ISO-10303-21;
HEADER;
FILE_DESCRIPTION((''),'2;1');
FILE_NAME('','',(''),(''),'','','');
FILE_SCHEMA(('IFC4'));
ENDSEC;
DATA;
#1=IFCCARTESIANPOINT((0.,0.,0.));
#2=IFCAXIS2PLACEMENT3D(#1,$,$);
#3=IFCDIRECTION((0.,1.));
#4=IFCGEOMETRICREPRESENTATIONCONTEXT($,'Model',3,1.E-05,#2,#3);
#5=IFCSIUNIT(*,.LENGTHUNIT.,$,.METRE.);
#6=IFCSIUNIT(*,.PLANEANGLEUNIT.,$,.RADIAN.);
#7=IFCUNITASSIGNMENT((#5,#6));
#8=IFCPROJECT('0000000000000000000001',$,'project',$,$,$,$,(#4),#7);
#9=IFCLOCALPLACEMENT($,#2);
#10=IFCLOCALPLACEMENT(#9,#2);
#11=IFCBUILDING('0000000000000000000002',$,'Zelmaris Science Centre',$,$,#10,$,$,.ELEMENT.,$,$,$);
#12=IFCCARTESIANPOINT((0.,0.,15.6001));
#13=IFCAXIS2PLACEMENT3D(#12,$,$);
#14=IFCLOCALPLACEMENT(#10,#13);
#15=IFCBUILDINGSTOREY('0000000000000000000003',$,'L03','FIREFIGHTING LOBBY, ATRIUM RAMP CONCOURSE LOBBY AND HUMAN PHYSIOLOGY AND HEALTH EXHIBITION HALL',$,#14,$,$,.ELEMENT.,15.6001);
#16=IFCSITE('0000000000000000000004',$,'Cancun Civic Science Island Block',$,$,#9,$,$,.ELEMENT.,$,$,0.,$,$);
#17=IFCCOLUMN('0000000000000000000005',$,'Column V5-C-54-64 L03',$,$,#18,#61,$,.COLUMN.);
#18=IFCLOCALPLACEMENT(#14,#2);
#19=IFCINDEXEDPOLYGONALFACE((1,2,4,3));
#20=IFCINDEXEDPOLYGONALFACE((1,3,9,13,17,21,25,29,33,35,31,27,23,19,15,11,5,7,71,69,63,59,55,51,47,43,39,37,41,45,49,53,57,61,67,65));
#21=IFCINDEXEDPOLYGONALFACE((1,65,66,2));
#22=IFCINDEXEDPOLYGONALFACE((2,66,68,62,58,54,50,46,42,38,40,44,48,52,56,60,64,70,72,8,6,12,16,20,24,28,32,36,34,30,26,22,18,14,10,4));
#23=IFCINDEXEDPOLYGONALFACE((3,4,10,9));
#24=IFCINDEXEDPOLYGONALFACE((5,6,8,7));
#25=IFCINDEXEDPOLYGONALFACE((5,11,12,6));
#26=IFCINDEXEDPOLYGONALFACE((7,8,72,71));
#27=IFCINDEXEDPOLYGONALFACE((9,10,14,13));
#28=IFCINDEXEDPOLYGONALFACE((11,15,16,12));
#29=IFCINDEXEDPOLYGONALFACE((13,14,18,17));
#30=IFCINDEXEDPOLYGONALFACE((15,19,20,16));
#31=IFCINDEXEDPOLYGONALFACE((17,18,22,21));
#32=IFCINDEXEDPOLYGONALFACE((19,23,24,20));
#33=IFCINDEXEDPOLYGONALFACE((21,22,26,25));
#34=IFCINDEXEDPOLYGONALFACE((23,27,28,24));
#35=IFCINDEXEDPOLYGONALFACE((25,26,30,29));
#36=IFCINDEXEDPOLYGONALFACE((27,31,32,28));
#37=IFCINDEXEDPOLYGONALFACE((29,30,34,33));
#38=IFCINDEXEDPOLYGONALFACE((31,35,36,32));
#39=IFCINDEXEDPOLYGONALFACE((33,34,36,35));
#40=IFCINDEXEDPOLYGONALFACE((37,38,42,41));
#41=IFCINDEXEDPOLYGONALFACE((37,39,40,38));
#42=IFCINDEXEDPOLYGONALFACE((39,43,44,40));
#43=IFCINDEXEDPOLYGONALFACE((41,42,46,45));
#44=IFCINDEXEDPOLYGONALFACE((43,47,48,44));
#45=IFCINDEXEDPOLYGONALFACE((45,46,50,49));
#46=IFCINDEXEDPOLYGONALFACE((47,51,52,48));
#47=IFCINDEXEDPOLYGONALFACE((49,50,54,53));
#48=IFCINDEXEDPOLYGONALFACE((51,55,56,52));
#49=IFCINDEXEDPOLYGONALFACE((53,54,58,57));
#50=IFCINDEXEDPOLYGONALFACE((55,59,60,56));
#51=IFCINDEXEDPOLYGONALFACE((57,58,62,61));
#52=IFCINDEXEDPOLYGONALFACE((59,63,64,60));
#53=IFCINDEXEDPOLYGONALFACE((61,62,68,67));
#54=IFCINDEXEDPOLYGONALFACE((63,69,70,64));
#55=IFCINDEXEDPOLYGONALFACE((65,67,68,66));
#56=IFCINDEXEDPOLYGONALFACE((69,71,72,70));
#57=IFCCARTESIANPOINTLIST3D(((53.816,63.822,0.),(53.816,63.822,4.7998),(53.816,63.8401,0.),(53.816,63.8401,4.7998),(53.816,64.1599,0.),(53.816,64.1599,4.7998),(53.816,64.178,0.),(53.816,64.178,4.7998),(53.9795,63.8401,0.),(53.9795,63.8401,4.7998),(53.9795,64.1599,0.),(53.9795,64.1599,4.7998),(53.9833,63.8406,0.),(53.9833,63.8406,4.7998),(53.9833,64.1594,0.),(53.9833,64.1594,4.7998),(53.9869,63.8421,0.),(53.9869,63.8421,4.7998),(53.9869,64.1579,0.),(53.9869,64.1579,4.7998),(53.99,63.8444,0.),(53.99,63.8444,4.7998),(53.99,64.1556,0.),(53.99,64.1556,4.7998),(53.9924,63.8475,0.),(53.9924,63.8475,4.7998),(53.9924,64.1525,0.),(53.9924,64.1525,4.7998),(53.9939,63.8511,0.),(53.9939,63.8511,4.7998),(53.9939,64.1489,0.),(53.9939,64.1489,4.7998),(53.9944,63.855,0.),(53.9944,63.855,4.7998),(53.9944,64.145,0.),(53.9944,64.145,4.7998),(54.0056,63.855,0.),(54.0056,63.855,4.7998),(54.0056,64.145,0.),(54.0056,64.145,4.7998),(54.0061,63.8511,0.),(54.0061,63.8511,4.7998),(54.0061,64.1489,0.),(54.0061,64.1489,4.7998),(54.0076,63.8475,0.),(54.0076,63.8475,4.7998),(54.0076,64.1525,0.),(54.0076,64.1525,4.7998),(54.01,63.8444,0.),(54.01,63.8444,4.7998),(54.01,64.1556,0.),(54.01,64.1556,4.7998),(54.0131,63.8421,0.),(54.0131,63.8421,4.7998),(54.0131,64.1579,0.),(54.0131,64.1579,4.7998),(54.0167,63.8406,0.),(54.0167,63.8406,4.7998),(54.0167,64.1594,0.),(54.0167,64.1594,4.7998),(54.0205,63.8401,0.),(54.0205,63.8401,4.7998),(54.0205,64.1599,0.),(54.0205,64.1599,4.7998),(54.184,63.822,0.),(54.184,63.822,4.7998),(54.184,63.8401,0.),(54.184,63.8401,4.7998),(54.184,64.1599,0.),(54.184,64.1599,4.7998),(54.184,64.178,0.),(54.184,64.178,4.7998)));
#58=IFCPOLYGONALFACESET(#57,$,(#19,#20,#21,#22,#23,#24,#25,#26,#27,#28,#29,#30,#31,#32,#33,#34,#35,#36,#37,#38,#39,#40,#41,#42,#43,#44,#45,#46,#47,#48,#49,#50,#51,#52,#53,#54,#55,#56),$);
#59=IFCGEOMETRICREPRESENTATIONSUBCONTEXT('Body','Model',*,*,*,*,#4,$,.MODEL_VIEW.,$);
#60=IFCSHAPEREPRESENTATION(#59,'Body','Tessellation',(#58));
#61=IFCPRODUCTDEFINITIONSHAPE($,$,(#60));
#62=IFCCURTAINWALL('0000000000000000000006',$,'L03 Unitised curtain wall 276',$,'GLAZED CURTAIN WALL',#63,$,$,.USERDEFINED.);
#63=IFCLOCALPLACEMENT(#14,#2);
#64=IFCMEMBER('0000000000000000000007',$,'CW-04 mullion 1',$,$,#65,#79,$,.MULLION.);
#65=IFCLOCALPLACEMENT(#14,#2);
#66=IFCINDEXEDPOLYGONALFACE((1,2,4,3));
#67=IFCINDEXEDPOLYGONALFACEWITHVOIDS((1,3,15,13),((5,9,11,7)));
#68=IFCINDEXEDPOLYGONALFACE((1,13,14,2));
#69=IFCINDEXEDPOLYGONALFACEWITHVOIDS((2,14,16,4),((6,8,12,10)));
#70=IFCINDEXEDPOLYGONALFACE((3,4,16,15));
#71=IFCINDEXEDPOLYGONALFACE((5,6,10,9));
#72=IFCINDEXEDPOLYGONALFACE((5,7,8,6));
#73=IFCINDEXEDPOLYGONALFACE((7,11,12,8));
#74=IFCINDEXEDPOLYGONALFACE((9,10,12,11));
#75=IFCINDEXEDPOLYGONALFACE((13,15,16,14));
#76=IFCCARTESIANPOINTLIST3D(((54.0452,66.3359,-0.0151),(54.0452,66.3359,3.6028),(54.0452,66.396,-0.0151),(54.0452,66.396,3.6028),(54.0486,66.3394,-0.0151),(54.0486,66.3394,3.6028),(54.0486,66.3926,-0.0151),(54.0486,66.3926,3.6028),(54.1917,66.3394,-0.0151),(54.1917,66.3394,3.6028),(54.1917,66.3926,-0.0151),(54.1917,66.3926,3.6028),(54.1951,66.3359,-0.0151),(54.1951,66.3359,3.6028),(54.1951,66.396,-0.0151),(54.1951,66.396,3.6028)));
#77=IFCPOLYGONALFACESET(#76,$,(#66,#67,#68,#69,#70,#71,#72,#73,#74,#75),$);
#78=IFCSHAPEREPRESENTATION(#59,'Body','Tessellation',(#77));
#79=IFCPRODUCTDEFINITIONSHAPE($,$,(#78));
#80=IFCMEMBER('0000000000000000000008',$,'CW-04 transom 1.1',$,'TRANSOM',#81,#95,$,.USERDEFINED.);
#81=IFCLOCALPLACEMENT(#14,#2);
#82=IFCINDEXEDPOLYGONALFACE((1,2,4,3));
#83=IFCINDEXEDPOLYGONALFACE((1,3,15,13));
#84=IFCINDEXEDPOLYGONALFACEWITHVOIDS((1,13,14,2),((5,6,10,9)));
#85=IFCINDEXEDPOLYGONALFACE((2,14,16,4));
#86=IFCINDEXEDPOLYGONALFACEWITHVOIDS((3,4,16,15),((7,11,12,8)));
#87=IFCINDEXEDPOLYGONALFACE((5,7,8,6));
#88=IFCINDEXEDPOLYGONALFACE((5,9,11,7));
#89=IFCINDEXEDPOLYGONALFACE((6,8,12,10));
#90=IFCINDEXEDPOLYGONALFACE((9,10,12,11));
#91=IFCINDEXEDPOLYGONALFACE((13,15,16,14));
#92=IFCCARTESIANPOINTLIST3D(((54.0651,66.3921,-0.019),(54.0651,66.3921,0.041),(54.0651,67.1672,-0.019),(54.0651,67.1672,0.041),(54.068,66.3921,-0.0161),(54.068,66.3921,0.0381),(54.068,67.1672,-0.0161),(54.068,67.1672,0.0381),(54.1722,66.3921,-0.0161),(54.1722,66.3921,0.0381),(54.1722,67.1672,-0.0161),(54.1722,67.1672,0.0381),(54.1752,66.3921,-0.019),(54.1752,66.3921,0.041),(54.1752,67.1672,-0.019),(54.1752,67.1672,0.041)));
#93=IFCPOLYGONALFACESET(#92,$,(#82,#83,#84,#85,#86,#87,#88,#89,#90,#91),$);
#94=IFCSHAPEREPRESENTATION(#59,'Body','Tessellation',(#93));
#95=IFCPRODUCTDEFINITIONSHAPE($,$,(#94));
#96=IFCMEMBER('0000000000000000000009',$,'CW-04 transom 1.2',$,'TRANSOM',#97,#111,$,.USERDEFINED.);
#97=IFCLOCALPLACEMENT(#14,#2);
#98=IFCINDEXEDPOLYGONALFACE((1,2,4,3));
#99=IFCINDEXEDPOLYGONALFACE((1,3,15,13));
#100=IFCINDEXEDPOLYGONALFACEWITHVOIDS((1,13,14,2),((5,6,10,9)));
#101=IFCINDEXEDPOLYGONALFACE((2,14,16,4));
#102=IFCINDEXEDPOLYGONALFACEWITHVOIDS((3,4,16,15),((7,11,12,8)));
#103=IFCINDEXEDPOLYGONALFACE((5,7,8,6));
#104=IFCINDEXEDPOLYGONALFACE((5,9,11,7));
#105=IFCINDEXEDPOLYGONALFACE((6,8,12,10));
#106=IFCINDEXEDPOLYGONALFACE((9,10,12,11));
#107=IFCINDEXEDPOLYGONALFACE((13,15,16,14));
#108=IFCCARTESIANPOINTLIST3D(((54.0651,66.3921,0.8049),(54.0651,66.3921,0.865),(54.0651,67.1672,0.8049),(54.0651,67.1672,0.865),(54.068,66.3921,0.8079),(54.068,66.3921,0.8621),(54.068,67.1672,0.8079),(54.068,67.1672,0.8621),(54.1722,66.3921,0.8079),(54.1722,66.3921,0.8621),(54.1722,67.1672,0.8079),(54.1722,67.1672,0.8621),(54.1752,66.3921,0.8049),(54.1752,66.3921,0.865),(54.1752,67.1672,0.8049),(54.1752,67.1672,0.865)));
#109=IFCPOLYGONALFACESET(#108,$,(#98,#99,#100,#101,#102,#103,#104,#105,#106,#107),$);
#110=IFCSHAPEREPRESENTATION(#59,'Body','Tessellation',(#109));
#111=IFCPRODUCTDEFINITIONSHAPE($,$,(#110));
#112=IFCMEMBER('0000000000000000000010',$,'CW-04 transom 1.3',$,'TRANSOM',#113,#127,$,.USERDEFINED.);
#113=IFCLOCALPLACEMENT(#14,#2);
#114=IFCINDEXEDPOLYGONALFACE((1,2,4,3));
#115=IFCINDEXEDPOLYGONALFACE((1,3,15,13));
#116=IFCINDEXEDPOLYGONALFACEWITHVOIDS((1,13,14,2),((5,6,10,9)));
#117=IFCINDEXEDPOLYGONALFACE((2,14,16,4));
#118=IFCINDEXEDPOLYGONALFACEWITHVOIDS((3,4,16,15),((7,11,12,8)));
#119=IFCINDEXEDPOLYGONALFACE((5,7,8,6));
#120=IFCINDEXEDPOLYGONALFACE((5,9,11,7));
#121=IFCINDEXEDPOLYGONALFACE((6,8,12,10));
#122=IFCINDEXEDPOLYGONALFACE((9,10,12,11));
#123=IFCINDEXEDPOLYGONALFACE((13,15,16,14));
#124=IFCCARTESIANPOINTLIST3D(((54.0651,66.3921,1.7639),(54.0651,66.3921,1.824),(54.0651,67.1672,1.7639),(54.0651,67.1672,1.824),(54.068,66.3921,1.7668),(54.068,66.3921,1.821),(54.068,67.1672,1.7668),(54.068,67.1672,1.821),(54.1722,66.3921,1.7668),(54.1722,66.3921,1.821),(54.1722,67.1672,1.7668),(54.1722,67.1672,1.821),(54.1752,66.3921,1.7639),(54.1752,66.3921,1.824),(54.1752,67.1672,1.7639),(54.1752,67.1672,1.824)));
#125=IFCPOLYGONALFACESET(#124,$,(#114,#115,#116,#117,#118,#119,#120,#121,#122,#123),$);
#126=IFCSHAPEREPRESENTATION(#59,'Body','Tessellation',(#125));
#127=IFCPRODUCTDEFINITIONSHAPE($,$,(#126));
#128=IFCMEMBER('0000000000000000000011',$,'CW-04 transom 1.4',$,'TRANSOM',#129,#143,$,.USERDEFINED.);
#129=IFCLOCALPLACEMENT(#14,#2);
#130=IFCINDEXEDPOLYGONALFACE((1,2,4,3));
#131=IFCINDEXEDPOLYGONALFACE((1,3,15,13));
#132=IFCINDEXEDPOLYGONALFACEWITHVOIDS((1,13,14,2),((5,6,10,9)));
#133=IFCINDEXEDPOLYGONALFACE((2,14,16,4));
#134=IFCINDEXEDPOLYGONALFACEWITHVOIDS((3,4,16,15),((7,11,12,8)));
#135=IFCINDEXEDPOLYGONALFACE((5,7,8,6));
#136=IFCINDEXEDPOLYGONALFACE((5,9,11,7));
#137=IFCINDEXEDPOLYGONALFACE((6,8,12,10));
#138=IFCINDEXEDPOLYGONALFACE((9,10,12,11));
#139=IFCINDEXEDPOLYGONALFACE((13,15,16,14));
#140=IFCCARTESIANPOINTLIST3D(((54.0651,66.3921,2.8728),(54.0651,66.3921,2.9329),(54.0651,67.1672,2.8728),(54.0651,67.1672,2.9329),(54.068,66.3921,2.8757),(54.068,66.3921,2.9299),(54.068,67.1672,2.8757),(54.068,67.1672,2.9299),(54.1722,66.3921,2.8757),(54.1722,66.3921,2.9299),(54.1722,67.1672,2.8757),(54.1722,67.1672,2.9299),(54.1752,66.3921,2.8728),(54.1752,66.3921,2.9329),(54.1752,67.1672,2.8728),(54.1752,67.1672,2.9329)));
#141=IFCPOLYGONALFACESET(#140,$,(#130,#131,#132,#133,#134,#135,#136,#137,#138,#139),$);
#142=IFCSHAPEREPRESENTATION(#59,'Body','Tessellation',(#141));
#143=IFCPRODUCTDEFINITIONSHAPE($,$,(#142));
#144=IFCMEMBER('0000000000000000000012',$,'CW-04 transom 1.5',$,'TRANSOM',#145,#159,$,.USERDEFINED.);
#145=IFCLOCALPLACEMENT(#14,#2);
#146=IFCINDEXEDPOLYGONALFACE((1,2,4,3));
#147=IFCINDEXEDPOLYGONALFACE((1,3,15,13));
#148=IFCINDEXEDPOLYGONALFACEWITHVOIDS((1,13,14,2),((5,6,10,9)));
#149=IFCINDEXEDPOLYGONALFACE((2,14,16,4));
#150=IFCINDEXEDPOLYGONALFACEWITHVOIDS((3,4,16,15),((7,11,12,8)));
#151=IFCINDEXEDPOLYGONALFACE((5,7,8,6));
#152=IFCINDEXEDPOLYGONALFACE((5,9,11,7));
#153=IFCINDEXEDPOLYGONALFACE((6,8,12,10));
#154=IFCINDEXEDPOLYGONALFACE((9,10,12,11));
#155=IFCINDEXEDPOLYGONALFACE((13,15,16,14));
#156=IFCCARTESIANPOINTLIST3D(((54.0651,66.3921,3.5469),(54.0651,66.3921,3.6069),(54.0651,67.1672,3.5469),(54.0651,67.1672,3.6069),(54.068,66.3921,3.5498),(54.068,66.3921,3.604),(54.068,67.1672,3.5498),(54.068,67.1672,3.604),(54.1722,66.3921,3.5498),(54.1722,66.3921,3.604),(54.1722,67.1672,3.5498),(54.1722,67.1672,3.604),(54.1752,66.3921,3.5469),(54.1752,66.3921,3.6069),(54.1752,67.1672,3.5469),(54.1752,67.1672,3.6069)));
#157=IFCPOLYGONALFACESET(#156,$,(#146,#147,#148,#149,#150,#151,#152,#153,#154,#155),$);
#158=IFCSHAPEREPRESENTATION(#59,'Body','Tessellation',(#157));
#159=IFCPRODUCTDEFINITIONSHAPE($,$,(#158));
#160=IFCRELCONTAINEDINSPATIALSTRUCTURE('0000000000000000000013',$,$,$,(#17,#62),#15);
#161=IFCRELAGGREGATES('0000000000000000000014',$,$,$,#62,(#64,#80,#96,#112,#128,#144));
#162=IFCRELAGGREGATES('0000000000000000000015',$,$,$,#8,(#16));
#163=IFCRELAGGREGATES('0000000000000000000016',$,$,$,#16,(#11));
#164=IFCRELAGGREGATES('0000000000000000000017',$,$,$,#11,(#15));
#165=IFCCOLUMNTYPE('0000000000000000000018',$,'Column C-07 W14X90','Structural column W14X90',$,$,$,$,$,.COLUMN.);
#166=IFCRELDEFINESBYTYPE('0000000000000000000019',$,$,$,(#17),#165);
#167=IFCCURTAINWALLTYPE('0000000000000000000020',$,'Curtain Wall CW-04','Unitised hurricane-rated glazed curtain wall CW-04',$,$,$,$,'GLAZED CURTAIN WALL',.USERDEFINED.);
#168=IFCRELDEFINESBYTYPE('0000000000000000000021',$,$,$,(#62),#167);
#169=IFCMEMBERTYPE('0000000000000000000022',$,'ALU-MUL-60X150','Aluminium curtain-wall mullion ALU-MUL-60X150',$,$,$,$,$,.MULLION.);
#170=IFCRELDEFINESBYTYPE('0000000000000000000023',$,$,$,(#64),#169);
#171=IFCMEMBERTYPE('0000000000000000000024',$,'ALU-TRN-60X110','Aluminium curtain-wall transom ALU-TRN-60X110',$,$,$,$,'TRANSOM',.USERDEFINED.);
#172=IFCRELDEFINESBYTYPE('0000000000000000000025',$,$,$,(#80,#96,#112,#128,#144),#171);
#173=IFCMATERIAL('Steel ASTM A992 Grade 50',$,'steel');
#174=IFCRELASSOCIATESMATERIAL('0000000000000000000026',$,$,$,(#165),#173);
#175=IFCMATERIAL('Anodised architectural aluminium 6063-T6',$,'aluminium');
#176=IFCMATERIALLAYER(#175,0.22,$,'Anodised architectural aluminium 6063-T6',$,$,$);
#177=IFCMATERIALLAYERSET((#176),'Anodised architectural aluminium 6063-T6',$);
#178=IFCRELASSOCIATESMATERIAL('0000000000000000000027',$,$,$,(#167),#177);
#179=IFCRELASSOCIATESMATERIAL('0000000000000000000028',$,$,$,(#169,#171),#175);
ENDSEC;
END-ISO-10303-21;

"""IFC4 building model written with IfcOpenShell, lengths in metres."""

from ifc_helpers import new_model, si_unit, direction, frame, origin, origin_2d, place, context, subcontext, project, spatial, hollow_rectangle, i_section, extrude, material, layer, layer_set, material_profile, profile_set, type_object, element, aggregate, save


model = new_model("IFC4")

# Units and contexts
model_context = context("Model", 3, precision=1e-05, world=origin(), true_north=direction((0.0, 1.0)))
body_context = subcontext(model_context, "Body", "Model", "MODEL_VIEW")
ifc_project = project(units=[si_unit("LENGTHUNIT", "METRE"), si_unit("PLANEANGLEUNIT", "RADIAN")], contexts=[model_context])

# Site, building, storey
site_placement = place(None, origin())
site = spatial("IfcSite", under=ifc_project, at=site_placement, Name="Cancun Civic Science Island Block", CompositionType="ELEMENT", RefElevation=0.0)
building_placement = place(site_placement, origin())
building = spatial("IfcBuilding", under=site, at=building_placement, Name="Zelmaris Science Centre", CompositionType="ELEMENT")
storey_placement = place(building_placement, frame((0.0, 0.0, 15.6001)))
storey = spatial("IfcBuildingStorey", under=building, at=storey_placement, Name="L03", Description="FIREFIGHTING LOBBY, ATRIUM RAMP CONCOURSE LOBBY AND HUMAN PHYSIOLOGY AND HEALTH EXHIBITION HALL", CompositionType="ELEMENT", Elevation=15.6001)

# Column
ifc_material_1 = material(Name="Steel ASTM A992 Grade 50", Category="steel")
ifc_material_profile_1 = material_profile(ifc_material_1, i_section(OverallWidth=0.3679, OverallDepth=0.356, WebThickness=0.0112, FlangeThickness=0.0181, FilletRadius=0.0149, at=origin_2d()), Name="W14X90")
ifc_profile_set_1 = profile_set([ifc_material_profile_1], Name="Steel ASTM A992 Grade 50")
column_type = type_object("IfcColumnType", Name="Column C-07 W14X90", Description="Structural column W14X90", PredefinedType="COLUMN", material=ifc_profile_set_1)
column_placement = place(storey_placement, frame((54.0, 64.0, 0.0), z_axis=(0.0, 0.0, 1.0), x_axis=(1.0, 0.0, 0.0)))
element("IfcColumn", 1, at=column_placement, inside=storey, type_object=column_type, Name="Column V5-C-54-64 L03", PredefinedType="COLUMN", context=body_context, shape_type="SweptSolid", body=[
    extrude(i_section(OverallWidth=0.3679, OverallDepth=0.356, WebThickness=0.0112, FlangeThickness=0.0181, FilletRadius=0.0149, at=origin_2d()), origin(), (0.0, 0.0, 1.0), 4.7998),
])

# Curtain wall, members
ifc_material_2 = material(Name="Anodised architectural aluminium 6063-T6", Category="aluminium")
ifc_layer_1 = layer(ifc_material_2, 0.22, Name="Anodised architectural aluminium 6063-T6")
ifc_layer_set_1 = layer_set([ifc_layer_1], Name="Anodised architectural aluminium 6063-T6")
curtain_wall_type = type_object("IfcCurtainWallType", Name="Curtain Wall CW-04", Description="Unitised hurricane-rated glazed curtain wall CW-04", ElementType="GLAZED CURTAIN WALL", PredefinedType="USERDEFINED", material=ifc_layer_set_1)
curtain_wall_placement = place(storey_placement, origin())
curtain_wall = element("IfcCurtainWall", 2, at=curtain_wall_placement, inside=storey, type_object=curtain_wall_type, Name="L03 Unitised curtain wall 276", ObjectType="GLAZED CURTAIN WALL", PredefinedType="USERDEFINED")
ifc_material_profile_2 = material_profile(ifc_material_2, hollow_rectangle(XDim=0.0601, YDim=0.1499, WallThickness=0.0034, at=origin_2d()), Name="ALU-MUL-60X150")
ifc_profile_set_2 = profile_set([ifc_material_profile_2], Name="Anodised architectural aluminium 6063-T6")
member_type_1 = type_object("IfcMemberType", Name="ALU-MUL-60X150", Description="Aluminium curtain-wall mullion ALU-MUL-60X150", PredefinedType="MULLION", material=ifc_profile_set_2)
member_1_placement = place(storey_placement, frame((54.1201, 66.366, -0.0151), z_axis=(0.0, 0.0, 1.0), x_axis=(0.0, 1.0, 0.0)))
member_1 = element("IfcMember", 3, at=member_1_placement, type_object=member_type_1, Name="CW-04 mullion 1", PredefinedType="MULLION", context=body_context, shape_type="SweptSolid", body=[
    extrude(hollow_rectangle(XDim=0.0601, YDim=0.1499, WallThickness=0.0034, at=origin_2d()), origin(), (0.0, 0.0, 1.0), 3.6179),
])
ifc_material_profile_3 = material_profile(ifc_material_2, hollow_rectangle(XDim=0.0601, YDim=0.1101, WallThickness=0.0029, at=origin_2d()), Name="ALU-TRN-60X110")
ifc_profile_set_3 = profile_set([ifc_material_profile_3], Name="Anodised architectural aluminium 6063-T6")
member_type_2 = type_object("IfcMemberType", Name="ALU-TRN-60X110", Description="Aluminium curtain-wall transom ALU-TRN-60X110", ElementType="TRANSOM", PredefinedType="USERDEFINED", material=ifc_profile_set_3)
member_2_placement = place(storey_placement, frame((54.1201, 66.3921, 0.011), z_axis=(0.0, 1.0, 0.0), x_axis=(0.0, 0.0, 1.0)))
member_2 = element("IfcMember", 4, at=member_2_placement, type_object=member_type_2, Name="CW-04 transom 1.1", ObjectType="TRANSOM", PredefinedType="USERDEFINED", context=body_context, shape_type="SweptSolid", body=[
    extrude(hollow_rectangle(XDim=0.0601, YDim=0.1101, WallThickness=0.0029, at=origin_2d()), origin(), (0.0, 0.0, 1.0), 0.7751),
])
member_3_placement = place(storey_placement, frame((54.1201, 66.3921, 0.835), z_axis=(0.0, 1.0, 0.0), x_axis=(0.0, 0.0, 1.0)))
member_3 = element("IfcMember", 5, at=member_3_placement, type_object=member_type_2, Name="CW-04 transom 1.2", ObjectType="TRANSOM", PredefinedType="USERDEFINED", context=body_context, shape_type="SweptSolid", body=[
    extrude(hollow_rectangle(XDim=0.0601, YDim=0.1101, WallThickness=0.0029, at=origin_2d()), origin(), (0.0, 0.0, 1.0), 0.7751),
])
member_4_placement = place(storey_placement, frame((54.1201, 66.3921, 1.7939), z_axis=(0.0, 1.0, 0.0), x_axis=(0.0, 0.0, 1.0)))
member_4 = element("IfcMember", 6, at=member_4_placement, type_object=member_type_2, Name="CW-04 transom 1.3", ObjectType="TRANSOM", PredefinedType="USERDEFINED", context=body_context, shape_type="SweptSolid", body=[
    extrude(hollow_rectangle(XDim=0.0601, YDim=0.1101, WallThickness=0.0029, at=origin_2d()), origin(), (0.0, 0.0, 1.0), 0.7751),
])
member_5_placement = place(storey_placement, frame((54.1201, 66.3921, 2.9028), z_axis=(0.0, 1.0, 0.0), x_axis=(0.0, 0.0, 1.0)))
member_5 = element("IfcMember", 7, at=member_5_placement, type_object=member_type_2, Name="CW-04 transom 1.4", ObjectType="TRANSOM", PredefinedType="USERDEFINED", context=body_context, shape_type="SweptSolid", body=[
    extrude(hollow_rectangle(XDim=0.0601, YDim=0.1101, WallThickness=0.0029, at=origin_2d()), origin(), (0.0, 0.0, 1.0), 0.7751),
])
member_6_placement = place(storey_placement, frame((54.1201, 66.3921, 3.5769), z_axis=(0.0, 1.0, 0.0), x_axis=(0.0, 0.0, 1.0)))
member_6 = element("IfcMember", 8, at=member_6_placement, type_object=member_type_2, Name="CW-04 transom 1.5", ObjectType="TRANSOM", PredefinedType="USERDEFINED", context=body_context, shape_type="SweptSolid", body=[
    extrude(hollow_rectangle(XDim=0.0601, YDim=0.1101, WallThickness=0.0029, at=origin_2d()), origin(), (0.0, 0.0, 1.0), 0.7751),
])

aggregate(curtain_wall, [member_1, member_2, member_3, member_4, member_5, member_6])

save(model, "model.ifc")
